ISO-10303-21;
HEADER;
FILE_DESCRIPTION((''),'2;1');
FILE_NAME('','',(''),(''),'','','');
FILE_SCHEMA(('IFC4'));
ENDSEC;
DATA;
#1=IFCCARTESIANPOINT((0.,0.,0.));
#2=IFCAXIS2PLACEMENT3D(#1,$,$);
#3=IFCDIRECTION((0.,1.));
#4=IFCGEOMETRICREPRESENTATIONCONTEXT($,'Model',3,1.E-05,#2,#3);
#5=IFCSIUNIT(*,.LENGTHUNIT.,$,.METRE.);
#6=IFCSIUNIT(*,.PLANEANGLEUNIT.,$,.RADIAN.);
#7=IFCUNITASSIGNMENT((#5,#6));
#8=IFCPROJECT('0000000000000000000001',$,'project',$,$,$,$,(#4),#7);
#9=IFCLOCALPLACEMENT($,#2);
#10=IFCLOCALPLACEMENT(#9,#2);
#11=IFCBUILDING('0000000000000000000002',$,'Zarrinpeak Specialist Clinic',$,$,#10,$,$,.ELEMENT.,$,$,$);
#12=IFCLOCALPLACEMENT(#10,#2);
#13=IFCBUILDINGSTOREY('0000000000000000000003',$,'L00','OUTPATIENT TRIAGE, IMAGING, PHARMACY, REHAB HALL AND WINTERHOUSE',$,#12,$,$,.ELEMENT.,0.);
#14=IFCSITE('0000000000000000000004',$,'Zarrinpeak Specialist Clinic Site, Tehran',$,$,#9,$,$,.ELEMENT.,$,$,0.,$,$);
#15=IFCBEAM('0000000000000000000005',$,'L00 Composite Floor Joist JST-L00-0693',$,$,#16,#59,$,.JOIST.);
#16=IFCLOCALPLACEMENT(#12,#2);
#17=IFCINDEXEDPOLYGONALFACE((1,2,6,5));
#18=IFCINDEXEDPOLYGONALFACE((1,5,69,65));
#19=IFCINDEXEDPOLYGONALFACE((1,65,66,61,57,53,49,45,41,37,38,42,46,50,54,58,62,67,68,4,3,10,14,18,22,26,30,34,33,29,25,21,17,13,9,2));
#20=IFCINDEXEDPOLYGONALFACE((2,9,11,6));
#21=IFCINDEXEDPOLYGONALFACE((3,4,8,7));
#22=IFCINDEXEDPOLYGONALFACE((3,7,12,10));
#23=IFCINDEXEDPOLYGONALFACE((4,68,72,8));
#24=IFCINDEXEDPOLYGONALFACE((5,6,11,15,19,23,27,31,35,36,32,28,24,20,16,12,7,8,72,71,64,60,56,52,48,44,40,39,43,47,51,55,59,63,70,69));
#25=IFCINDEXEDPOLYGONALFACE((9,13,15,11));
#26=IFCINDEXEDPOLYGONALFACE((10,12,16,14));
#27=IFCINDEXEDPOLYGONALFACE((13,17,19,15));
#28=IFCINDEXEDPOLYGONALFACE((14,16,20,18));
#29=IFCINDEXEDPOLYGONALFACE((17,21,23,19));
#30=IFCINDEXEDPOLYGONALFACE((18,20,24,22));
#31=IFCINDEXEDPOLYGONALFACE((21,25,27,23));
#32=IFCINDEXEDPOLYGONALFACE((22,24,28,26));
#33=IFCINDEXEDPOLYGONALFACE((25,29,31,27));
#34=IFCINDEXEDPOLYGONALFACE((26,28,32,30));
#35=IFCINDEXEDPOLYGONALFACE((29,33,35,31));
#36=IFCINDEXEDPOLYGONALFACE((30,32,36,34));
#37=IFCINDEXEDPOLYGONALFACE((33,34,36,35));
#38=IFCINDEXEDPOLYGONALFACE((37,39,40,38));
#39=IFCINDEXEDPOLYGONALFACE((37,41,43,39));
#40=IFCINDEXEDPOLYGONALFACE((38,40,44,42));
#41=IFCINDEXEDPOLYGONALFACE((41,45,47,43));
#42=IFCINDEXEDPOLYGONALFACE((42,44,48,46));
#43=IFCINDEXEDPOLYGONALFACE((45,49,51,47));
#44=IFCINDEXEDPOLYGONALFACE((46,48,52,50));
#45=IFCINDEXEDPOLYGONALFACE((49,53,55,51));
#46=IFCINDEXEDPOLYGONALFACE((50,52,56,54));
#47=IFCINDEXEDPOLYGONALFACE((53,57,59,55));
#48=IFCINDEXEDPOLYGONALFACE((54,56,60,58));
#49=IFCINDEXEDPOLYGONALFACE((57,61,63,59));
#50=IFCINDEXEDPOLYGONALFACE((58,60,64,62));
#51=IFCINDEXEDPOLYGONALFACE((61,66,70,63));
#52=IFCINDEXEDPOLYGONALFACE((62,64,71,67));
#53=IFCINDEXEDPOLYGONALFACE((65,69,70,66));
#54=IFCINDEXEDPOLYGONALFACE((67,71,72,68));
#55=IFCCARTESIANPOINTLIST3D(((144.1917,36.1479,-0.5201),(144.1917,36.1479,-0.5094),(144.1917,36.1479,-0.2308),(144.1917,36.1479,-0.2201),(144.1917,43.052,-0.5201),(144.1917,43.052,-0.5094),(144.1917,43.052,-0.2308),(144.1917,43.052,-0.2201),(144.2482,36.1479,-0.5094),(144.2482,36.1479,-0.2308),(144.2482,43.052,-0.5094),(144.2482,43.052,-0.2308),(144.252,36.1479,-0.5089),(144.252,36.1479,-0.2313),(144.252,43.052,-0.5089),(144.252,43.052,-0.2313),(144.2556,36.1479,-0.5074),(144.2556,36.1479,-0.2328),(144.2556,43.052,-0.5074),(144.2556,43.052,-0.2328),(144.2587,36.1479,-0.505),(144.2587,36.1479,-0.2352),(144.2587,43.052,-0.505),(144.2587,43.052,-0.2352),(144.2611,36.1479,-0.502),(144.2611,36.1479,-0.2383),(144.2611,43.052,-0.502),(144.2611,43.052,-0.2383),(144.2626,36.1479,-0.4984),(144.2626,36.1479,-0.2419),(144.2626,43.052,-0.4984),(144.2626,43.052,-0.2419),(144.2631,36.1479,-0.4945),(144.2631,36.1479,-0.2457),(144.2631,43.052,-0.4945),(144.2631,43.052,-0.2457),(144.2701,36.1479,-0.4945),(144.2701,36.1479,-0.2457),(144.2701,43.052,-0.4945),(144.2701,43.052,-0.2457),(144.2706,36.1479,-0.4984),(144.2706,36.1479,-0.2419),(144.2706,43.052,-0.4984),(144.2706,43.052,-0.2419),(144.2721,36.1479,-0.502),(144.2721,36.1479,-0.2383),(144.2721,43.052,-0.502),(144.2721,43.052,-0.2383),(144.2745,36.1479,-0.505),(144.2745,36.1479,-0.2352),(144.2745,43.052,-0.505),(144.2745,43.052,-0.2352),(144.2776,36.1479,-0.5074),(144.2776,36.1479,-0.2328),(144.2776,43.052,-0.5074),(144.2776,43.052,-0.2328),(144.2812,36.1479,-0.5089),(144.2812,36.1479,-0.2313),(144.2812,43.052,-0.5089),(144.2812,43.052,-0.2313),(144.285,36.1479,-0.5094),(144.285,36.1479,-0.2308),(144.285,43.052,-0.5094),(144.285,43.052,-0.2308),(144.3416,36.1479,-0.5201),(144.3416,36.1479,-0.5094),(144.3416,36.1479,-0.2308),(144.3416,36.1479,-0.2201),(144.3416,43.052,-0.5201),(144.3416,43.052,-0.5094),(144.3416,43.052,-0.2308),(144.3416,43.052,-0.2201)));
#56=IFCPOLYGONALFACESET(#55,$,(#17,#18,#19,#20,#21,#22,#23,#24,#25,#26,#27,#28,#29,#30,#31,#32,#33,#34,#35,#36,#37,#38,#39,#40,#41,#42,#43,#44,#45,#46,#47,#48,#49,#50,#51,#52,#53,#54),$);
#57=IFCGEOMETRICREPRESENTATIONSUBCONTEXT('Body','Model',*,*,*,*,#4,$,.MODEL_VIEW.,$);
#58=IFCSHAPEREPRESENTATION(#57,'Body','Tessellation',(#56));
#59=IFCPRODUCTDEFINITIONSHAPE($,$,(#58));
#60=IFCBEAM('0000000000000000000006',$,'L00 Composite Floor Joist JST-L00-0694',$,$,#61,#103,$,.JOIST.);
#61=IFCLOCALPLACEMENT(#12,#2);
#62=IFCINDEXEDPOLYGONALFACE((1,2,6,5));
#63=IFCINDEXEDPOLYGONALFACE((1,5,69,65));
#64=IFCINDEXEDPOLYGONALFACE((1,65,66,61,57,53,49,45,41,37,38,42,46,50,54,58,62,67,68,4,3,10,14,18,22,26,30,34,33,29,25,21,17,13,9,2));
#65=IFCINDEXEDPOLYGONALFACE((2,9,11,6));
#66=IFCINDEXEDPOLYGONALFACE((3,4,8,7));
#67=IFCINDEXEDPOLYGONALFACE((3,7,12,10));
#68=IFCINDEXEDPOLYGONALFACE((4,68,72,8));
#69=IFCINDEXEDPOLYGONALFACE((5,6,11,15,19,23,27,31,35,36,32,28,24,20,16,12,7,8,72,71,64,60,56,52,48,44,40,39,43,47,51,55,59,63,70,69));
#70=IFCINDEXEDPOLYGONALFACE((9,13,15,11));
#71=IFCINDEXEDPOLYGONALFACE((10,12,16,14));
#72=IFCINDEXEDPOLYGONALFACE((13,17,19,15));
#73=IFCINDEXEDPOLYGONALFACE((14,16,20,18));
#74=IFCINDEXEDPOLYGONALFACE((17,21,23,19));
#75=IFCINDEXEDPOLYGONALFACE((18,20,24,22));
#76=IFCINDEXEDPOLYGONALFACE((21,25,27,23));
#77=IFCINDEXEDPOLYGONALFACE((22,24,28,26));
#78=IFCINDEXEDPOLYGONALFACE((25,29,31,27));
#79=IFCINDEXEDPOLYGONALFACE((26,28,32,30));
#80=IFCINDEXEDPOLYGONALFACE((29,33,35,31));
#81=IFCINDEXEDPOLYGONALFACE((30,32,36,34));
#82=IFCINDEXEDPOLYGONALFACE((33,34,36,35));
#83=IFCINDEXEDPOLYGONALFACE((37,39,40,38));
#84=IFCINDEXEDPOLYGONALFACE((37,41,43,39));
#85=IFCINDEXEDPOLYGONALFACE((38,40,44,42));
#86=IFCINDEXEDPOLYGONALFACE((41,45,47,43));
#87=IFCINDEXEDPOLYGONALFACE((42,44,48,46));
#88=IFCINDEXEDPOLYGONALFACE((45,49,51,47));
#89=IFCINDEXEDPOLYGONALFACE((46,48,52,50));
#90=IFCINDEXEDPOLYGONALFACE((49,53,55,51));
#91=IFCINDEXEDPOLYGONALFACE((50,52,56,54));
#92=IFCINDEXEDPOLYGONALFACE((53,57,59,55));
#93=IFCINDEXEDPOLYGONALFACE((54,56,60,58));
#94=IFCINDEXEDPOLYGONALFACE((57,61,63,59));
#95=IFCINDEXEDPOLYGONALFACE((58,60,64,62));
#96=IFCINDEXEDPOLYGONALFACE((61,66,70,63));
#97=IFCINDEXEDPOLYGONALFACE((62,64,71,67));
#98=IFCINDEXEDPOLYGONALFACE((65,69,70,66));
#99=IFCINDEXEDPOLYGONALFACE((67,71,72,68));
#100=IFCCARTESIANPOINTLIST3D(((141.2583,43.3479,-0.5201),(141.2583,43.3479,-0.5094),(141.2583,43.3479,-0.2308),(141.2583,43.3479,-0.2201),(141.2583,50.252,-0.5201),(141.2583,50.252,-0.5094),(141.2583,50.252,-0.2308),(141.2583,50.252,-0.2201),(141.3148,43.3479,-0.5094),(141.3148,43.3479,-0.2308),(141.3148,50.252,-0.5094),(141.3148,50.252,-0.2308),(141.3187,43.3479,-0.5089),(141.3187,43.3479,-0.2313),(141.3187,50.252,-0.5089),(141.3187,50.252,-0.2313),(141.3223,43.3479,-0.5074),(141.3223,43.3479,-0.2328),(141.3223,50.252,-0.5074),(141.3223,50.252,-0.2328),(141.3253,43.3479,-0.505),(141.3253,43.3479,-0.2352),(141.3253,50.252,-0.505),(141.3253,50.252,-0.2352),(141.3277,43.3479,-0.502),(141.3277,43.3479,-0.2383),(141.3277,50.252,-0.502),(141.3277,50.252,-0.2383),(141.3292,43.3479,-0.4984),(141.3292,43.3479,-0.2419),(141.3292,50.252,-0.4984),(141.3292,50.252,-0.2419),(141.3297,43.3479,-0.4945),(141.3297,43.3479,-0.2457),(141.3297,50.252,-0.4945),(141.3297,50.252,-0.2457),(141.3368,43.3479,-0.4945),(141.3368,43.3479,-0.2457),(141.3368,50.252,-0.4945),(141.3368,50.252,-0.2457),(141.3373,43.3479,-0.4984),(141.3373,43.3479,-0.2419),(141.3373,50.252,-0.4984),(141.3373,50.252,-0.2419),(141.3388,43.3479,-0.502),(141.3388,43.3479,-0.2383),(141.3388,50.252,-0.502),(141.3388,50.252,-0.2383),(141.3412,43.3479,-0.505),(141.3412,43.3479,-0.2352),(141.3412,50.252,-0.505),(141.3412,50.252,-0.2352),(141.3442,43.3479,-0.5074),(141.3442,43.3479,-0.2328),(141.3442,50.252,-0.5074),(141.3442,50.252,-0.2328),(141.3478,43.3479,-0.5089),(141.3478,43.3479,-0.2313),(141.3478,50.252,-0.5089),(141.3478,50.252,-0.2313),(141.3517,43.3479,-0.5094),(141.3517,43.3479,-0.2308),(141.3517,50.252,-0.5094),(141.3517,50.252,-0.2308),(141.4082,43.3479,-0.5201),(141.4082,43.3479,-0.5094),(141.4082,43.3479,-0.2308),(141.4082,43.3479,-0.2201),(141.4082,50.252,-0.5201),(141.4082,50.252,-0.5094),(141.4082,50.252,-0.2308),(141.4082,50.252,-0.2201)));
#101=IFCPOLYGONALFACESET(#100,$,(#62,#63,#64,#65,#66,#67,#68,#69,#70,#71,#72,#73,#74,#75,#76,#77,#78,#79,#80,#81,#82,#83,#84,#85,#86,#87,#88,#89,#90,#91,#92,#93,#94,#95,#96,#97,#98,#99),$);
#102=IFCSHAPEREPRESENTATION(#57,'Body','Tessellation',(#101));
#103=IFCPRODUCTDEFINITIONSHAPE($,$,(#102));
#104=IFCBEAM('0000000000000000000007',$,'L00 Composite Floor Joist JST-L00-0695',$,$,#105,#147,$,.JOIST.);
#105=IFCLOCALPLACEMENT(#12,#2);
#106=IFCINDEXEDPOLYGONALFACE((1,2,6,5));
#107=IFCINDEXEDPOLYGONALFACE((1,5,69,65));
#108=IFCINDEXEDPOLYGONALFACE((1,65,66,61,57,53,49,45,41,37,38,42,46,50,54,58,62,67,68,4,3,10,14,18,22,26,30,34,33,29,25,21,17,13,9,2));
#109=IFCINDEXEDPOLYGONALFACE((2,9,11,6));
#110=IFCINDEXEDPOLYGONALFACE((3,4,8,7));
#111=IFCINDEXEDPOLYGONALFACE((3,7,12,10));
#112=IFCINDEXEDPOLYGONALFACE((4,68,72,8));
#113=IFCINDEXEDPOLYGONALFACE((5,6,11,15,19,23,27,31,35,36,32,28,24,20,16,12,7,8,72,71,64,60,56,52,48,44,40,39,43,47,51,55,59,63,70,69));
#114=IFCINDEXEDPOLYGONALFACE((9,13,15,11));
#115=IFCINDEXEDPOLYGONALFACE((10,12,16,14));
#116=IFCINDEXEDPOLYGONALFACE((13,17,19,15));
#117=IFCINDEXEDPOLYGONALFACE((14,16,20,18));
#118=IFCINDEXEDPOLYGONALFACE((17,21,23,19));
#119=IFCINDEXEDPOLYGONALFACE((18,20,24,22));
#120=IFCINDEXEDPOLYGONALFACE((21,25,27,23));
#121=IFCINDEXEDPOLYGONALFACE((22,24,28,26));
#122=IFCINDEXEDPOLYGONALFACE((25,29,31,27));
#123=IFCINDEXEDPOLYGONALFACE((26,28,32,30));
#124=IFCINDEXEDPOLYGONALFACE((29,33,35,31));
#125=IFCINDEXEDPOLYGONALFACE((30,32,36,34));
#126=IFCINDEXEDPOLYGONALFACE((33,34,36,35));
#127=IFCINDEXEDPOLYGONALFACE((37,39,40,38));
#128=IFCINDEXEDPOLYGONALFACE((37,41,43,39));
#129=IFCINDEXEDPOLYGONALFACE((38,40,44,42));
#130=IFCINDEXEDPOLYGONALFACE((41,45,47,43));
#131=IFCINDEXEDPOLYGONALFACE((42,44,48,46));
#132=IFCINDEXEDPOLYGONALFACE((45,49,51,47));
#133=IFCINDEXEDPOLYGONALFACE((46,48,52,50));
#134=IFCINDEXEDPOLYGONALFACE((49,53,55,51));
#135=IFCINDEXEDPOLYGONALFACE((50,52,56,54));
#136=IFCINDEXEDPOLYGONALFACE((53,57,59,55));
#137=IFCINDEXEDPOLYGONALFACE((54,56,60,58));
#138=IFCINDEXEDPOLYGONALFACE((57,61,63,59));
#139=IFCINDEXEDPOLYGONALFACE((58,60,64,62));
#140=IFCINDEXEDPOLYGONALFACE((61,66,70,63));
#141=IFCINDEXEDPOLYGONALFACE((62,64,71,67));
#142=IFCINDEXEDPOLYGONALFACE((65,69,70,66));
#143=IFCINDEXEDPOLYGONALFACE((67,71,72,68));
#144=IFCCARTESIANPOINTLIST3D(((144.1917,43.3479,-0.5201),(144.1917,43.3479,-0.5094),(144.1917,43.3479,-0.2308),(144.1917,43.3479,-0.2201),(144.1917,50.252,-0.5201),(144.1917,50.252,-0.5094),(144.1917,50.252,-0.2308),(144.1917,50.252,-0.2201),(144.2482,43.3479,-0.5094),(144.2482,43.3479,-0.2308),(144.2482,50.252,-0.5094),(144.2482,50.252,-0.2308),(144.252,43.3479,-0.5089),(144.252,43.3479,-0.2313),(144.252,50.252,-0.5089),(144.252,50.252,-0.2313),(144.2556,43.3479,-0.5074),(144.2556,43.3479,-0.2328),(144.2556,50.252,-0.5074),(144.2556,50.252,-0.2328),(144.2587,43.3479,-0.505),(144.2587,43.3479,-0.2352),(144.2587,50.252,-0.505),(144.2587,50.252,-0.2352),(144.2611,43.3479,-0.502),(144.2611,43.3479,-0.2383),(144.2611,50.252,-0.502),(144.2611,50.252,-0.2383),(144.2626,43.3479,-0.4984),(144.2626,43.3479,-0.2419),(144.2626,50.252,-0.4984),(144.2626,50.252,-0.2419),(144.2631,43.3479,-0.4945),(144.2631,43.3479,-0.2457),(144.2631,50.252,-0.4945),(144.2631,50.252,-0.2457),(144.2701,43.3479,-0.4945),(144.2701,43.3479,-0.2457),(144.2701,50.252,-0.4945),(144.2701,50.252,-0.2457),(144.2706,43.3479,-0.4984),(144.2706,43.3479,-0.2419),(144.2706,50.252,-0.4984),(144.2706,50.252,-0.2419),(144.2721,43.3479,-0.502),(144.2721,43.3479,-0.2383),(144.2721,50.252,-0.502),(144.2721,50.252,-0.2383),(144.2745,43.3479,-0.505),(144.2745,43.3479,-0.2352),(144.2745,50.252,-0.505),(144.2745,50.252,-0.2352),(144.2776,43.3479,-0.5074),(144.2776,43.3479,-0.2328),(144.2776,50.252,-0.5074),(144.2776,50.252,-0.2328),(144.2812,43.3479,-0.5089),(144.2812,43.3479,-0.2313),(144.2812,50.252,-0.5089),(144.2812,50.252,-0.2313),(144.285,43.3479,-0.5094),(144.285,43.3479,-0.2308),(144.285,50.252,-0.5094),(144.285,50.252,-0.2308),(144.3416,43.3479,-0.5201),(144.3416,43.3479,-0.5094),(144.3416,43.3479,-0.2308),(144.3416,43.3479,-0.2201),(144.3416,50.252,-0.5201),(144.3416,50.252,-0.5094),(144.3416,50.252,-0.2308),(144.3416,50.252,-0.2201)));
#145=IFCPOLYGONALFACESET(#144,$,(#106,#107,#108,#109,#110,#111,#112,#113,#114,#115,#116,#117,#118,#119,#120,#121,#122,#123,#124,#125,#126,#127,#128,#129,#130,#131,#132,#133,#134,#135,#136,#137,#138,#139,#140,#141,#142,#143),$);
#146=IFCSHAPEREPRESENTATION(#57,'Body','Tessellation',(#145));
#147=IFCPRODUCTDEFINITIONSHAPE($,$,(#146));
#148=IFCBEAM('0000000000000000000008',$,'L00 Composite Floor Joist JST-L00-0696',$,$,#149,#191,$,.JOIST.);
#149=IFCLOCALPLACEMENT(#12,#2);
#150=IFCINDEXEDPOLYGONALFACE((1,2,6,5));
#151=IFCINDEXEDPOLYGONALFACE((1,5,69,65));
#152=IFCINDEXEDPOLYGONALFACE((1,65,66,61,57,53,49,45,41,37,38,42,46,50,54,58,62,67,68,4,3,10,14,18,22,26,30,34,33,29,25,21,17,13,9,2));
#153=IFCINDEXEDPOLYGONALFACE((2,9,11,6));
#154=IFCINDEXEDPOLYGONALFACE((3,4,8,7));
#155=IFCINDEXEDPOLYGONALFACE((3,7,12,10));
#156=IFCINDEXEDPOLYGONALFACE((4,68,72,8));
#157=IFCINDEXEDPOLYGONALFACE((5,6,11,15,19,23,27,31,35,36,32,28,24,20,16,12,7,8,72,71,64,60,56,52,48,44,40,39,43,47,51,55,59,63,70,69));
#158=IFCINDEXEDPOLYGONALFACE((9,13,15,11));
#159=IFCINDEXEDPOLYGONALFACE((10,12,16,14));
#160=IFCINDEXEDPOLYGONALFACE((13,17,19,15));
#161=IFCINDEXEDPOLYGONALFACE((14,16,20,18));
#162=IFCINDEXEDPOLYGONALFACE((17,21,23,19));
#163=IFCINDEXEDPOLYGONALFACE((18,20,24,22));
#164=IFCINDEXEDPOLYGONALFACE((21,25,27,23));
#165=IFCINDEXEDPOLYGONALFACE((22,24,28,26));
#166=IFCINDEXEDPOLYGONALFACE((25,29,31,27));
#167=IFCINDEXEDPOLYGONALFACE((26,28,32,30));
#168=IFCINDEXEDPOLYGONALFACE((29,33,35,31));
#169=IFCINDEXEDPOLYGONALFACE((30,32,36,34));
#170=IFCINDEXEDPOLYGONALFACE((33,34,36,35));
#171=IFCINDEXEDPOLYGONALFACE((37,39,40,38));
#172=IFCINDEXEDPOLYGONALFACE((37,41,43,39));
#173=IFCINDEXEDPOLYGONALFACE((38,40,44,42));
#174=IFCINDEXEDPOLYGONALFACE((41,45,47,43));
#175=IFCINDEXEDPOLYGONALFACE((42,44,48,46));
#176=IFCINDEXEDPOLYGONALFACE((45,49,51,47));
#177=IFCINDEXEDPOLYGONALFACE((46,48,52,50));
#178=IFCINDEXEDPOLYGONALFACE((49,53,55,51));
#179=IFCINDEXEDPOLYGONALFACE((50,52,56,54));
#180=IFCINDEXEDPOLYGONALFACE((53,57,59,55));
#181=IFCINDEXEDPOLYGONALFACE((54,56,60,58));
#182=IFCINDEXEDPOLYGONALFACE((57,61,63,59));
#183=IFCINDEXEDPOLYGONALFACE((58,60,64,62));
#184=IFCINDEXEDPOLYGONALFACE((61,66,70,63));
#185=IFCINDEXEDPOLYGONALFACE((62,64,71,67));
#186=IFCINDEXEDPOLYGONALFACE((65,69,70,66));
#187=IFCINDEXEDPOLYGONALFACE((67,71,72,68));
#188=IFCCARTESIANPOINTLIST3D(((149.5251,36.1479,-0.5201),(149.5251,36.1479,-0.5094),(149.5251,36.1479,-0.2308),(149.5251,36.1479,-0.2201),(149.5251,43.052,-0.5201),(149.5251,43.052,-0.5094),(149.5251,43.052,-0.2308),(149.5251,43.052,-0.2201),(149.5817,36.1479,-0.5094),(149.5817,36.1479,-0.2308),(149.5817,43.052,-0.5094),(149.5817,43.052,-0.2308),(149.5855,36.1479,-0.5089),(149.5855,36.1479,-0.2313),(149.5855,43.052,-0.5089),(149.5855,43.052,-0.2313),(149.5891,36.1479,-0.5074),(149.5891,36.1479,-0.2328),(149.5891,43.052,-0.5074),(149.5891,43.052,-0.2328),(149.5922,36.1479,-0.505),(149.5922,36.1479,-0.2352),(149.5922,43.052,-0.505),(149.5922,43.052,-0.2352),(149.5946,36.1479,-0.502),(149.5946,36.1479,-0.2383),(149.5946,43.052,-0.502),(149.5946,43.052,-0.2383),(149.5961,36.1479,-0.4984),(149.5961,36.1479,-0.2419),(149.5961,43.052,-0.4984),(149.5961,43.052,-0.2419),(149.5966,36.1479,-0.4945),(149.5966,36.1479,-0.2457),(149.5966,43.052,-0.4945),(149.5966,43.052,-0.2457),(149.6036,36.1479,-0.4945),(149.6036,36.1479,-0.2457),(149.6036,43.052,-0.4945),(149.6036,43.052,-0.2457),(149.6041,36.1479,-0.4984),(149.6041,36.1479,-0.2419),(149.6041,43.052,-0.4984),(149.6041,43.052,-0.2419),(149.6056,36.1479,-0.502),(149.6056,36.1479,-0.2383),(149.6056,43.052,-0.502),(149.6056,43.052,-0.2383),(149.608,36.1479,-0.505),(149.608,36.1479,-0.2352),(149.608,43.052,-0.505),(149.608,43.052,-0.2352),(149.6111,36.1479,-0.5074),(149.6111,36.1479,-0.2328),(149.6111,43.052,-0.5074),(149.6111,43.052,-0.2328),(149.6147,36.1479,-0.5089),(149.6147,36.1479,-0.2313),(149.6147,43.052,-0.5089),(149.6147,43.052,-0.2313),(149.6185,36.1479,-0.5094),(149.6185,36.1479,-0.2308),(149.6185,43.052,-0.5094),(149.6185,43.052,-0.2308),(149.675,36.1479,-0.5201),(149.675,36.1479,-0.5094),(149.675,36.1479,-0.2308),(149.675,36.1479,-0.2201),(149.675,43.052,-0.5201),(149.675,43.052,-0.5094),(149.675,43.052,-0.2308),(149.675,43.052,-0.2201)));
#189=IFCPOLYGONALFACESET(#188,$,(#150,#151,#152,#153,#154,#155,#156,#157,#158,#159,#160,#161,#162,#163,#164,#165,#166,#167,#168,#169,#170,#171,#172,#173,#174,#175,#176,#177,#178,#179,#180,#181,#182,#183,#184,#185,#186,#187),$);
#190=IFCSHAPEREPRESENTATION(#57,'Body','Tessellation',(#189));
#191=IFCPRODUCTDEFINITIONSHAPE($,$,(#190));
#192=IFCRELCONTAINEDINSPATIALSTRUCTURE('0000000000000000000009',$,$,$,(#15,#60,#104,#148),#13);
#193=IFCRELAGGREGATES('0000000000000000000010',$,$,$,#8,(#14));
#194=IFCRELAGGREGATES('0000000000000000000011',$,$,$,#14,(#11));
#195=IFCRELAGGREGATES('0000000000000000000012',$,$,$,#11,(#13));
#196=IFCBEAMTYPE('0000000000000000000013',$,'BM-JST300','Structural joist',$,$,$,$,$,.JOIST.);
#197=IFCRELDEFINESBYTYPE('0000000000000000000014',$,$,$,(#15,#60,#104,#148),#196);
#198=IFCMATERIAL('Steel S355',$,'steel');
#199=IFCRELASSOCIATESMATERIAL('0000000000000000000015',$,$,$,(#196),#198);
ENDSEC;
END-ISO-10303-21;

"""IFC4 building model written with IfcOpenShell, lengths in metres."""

from ifc_helpers import new_model, si_unit, direction, frame, origin, origin_2d, place, context, subcontext, project, spatial, i_section, extrude, material, material_profile, profile_set, type_object, element, save


model = new_model("IFC4")

# Units and contexts
model_context = context("Model", 3, precision=1e-05, world=origin(), true_north=direction((0.0, 1.0)))
body_context = subcontext(model_context, "Body", "Model", "MODEL_VIEW")
ifc_project = project(units=[si_unit("LENGTHUNIT", "METRE"), si_unit("PLANEANGLEUNIT", "RADIAN")], contexts=[model_context])

# Site, building, storey
site_placement = place(None, origin())
site = spatial("IfcSite", under=ifc_project, at=site_placement, Name="Zarrinpeak Specialist Clinic Site, Tehran", CompositionType="ELEMENT", RefElevation=0.0)
building_placement = place(site_placement, origin())
building = spatial("IfcBuilding", under=site, at=building_placement, Name="Zarrinpeak Specialist Clinic", CompositionType="ELEMENT")
storey_placement = place(building_placement, origin())
storey = spatial("IfcBuildingStorey", under=building, at=storey_placement, Name="L00", Description="OUTPATIENT TRIAGE, IMAGING, PHARMACY, REHAB HALL AND WINTERHOUSE", CompositionType="ELEMENT", Elevation=0.0)

# Beams
ifc_material = material(Name="Steel S355", Category="steel")
ifc_material_profile_1 = material_profile(ifc_material, i_section(OverallWidth=0.1499, OverallDepth=0.3, WebThickness=0.0071, FlangeThickness=0.0107, FilletRadius=0.0149, at=origin_2d()), Name="IPE 300")
ifc_profile_set_1 = profile_set([ifc_material_profile_1], Name="Steel S355")
beam_type_1 = type_object("IfcBeamType", Name="BM-JST300", Description="Structural joist", PredefinedType="JOIST", material=ifc_profile_set_1)
for number, where, z_axis, x_axis, name in (
    (1, (144.2666, 36.1479, -0.3701), (0.0, 1.0, 0.0), (-1.0, 0.0, 0.0), "L00 Composite Floor Joist JST-L00-0693"),
    (2, (141.3333, 43.3479, -0.3701), (0.0, 1.0, 0.0), (-1.0, 0.0, 0.0), "L00 Composite Floor Joist JST-L00-0694"),
    (3, (144.2666, 43.3479, -0.3701), (0.0, 1.0, 0.0), (-1.0, 0.0, 0.0), "L00 Composite Floor Joist JST-L00-0695"),
    (4, (149.6001, 36.1479, -0.3701), (0.0, 1.0, 0.0), (-1.0, 0.0, 0.0), "L00 Composite Floor Joist JST-L00-0696"),
):
    element("IfcBeam", number, at=place(storey_placement, frame(where, z_axis=z_axis, x_axis=x_axis)), inside=storey, type_object=beam_type_1, Name=name, PredefinedType="JOIST", context=body_context, shape_type="SweptSolid", body=[
        extrude(i_section(OverallWidth=0.1499, OverallDepth=0.3, WebThickness=0.0071, FlangeThickness=0.0107, FilletRadius=0.0149, at=origin_2d()), origin(), (0.0, 0.0, 1.0), 6.9041),
    ])

save(model, "model.ifc")
